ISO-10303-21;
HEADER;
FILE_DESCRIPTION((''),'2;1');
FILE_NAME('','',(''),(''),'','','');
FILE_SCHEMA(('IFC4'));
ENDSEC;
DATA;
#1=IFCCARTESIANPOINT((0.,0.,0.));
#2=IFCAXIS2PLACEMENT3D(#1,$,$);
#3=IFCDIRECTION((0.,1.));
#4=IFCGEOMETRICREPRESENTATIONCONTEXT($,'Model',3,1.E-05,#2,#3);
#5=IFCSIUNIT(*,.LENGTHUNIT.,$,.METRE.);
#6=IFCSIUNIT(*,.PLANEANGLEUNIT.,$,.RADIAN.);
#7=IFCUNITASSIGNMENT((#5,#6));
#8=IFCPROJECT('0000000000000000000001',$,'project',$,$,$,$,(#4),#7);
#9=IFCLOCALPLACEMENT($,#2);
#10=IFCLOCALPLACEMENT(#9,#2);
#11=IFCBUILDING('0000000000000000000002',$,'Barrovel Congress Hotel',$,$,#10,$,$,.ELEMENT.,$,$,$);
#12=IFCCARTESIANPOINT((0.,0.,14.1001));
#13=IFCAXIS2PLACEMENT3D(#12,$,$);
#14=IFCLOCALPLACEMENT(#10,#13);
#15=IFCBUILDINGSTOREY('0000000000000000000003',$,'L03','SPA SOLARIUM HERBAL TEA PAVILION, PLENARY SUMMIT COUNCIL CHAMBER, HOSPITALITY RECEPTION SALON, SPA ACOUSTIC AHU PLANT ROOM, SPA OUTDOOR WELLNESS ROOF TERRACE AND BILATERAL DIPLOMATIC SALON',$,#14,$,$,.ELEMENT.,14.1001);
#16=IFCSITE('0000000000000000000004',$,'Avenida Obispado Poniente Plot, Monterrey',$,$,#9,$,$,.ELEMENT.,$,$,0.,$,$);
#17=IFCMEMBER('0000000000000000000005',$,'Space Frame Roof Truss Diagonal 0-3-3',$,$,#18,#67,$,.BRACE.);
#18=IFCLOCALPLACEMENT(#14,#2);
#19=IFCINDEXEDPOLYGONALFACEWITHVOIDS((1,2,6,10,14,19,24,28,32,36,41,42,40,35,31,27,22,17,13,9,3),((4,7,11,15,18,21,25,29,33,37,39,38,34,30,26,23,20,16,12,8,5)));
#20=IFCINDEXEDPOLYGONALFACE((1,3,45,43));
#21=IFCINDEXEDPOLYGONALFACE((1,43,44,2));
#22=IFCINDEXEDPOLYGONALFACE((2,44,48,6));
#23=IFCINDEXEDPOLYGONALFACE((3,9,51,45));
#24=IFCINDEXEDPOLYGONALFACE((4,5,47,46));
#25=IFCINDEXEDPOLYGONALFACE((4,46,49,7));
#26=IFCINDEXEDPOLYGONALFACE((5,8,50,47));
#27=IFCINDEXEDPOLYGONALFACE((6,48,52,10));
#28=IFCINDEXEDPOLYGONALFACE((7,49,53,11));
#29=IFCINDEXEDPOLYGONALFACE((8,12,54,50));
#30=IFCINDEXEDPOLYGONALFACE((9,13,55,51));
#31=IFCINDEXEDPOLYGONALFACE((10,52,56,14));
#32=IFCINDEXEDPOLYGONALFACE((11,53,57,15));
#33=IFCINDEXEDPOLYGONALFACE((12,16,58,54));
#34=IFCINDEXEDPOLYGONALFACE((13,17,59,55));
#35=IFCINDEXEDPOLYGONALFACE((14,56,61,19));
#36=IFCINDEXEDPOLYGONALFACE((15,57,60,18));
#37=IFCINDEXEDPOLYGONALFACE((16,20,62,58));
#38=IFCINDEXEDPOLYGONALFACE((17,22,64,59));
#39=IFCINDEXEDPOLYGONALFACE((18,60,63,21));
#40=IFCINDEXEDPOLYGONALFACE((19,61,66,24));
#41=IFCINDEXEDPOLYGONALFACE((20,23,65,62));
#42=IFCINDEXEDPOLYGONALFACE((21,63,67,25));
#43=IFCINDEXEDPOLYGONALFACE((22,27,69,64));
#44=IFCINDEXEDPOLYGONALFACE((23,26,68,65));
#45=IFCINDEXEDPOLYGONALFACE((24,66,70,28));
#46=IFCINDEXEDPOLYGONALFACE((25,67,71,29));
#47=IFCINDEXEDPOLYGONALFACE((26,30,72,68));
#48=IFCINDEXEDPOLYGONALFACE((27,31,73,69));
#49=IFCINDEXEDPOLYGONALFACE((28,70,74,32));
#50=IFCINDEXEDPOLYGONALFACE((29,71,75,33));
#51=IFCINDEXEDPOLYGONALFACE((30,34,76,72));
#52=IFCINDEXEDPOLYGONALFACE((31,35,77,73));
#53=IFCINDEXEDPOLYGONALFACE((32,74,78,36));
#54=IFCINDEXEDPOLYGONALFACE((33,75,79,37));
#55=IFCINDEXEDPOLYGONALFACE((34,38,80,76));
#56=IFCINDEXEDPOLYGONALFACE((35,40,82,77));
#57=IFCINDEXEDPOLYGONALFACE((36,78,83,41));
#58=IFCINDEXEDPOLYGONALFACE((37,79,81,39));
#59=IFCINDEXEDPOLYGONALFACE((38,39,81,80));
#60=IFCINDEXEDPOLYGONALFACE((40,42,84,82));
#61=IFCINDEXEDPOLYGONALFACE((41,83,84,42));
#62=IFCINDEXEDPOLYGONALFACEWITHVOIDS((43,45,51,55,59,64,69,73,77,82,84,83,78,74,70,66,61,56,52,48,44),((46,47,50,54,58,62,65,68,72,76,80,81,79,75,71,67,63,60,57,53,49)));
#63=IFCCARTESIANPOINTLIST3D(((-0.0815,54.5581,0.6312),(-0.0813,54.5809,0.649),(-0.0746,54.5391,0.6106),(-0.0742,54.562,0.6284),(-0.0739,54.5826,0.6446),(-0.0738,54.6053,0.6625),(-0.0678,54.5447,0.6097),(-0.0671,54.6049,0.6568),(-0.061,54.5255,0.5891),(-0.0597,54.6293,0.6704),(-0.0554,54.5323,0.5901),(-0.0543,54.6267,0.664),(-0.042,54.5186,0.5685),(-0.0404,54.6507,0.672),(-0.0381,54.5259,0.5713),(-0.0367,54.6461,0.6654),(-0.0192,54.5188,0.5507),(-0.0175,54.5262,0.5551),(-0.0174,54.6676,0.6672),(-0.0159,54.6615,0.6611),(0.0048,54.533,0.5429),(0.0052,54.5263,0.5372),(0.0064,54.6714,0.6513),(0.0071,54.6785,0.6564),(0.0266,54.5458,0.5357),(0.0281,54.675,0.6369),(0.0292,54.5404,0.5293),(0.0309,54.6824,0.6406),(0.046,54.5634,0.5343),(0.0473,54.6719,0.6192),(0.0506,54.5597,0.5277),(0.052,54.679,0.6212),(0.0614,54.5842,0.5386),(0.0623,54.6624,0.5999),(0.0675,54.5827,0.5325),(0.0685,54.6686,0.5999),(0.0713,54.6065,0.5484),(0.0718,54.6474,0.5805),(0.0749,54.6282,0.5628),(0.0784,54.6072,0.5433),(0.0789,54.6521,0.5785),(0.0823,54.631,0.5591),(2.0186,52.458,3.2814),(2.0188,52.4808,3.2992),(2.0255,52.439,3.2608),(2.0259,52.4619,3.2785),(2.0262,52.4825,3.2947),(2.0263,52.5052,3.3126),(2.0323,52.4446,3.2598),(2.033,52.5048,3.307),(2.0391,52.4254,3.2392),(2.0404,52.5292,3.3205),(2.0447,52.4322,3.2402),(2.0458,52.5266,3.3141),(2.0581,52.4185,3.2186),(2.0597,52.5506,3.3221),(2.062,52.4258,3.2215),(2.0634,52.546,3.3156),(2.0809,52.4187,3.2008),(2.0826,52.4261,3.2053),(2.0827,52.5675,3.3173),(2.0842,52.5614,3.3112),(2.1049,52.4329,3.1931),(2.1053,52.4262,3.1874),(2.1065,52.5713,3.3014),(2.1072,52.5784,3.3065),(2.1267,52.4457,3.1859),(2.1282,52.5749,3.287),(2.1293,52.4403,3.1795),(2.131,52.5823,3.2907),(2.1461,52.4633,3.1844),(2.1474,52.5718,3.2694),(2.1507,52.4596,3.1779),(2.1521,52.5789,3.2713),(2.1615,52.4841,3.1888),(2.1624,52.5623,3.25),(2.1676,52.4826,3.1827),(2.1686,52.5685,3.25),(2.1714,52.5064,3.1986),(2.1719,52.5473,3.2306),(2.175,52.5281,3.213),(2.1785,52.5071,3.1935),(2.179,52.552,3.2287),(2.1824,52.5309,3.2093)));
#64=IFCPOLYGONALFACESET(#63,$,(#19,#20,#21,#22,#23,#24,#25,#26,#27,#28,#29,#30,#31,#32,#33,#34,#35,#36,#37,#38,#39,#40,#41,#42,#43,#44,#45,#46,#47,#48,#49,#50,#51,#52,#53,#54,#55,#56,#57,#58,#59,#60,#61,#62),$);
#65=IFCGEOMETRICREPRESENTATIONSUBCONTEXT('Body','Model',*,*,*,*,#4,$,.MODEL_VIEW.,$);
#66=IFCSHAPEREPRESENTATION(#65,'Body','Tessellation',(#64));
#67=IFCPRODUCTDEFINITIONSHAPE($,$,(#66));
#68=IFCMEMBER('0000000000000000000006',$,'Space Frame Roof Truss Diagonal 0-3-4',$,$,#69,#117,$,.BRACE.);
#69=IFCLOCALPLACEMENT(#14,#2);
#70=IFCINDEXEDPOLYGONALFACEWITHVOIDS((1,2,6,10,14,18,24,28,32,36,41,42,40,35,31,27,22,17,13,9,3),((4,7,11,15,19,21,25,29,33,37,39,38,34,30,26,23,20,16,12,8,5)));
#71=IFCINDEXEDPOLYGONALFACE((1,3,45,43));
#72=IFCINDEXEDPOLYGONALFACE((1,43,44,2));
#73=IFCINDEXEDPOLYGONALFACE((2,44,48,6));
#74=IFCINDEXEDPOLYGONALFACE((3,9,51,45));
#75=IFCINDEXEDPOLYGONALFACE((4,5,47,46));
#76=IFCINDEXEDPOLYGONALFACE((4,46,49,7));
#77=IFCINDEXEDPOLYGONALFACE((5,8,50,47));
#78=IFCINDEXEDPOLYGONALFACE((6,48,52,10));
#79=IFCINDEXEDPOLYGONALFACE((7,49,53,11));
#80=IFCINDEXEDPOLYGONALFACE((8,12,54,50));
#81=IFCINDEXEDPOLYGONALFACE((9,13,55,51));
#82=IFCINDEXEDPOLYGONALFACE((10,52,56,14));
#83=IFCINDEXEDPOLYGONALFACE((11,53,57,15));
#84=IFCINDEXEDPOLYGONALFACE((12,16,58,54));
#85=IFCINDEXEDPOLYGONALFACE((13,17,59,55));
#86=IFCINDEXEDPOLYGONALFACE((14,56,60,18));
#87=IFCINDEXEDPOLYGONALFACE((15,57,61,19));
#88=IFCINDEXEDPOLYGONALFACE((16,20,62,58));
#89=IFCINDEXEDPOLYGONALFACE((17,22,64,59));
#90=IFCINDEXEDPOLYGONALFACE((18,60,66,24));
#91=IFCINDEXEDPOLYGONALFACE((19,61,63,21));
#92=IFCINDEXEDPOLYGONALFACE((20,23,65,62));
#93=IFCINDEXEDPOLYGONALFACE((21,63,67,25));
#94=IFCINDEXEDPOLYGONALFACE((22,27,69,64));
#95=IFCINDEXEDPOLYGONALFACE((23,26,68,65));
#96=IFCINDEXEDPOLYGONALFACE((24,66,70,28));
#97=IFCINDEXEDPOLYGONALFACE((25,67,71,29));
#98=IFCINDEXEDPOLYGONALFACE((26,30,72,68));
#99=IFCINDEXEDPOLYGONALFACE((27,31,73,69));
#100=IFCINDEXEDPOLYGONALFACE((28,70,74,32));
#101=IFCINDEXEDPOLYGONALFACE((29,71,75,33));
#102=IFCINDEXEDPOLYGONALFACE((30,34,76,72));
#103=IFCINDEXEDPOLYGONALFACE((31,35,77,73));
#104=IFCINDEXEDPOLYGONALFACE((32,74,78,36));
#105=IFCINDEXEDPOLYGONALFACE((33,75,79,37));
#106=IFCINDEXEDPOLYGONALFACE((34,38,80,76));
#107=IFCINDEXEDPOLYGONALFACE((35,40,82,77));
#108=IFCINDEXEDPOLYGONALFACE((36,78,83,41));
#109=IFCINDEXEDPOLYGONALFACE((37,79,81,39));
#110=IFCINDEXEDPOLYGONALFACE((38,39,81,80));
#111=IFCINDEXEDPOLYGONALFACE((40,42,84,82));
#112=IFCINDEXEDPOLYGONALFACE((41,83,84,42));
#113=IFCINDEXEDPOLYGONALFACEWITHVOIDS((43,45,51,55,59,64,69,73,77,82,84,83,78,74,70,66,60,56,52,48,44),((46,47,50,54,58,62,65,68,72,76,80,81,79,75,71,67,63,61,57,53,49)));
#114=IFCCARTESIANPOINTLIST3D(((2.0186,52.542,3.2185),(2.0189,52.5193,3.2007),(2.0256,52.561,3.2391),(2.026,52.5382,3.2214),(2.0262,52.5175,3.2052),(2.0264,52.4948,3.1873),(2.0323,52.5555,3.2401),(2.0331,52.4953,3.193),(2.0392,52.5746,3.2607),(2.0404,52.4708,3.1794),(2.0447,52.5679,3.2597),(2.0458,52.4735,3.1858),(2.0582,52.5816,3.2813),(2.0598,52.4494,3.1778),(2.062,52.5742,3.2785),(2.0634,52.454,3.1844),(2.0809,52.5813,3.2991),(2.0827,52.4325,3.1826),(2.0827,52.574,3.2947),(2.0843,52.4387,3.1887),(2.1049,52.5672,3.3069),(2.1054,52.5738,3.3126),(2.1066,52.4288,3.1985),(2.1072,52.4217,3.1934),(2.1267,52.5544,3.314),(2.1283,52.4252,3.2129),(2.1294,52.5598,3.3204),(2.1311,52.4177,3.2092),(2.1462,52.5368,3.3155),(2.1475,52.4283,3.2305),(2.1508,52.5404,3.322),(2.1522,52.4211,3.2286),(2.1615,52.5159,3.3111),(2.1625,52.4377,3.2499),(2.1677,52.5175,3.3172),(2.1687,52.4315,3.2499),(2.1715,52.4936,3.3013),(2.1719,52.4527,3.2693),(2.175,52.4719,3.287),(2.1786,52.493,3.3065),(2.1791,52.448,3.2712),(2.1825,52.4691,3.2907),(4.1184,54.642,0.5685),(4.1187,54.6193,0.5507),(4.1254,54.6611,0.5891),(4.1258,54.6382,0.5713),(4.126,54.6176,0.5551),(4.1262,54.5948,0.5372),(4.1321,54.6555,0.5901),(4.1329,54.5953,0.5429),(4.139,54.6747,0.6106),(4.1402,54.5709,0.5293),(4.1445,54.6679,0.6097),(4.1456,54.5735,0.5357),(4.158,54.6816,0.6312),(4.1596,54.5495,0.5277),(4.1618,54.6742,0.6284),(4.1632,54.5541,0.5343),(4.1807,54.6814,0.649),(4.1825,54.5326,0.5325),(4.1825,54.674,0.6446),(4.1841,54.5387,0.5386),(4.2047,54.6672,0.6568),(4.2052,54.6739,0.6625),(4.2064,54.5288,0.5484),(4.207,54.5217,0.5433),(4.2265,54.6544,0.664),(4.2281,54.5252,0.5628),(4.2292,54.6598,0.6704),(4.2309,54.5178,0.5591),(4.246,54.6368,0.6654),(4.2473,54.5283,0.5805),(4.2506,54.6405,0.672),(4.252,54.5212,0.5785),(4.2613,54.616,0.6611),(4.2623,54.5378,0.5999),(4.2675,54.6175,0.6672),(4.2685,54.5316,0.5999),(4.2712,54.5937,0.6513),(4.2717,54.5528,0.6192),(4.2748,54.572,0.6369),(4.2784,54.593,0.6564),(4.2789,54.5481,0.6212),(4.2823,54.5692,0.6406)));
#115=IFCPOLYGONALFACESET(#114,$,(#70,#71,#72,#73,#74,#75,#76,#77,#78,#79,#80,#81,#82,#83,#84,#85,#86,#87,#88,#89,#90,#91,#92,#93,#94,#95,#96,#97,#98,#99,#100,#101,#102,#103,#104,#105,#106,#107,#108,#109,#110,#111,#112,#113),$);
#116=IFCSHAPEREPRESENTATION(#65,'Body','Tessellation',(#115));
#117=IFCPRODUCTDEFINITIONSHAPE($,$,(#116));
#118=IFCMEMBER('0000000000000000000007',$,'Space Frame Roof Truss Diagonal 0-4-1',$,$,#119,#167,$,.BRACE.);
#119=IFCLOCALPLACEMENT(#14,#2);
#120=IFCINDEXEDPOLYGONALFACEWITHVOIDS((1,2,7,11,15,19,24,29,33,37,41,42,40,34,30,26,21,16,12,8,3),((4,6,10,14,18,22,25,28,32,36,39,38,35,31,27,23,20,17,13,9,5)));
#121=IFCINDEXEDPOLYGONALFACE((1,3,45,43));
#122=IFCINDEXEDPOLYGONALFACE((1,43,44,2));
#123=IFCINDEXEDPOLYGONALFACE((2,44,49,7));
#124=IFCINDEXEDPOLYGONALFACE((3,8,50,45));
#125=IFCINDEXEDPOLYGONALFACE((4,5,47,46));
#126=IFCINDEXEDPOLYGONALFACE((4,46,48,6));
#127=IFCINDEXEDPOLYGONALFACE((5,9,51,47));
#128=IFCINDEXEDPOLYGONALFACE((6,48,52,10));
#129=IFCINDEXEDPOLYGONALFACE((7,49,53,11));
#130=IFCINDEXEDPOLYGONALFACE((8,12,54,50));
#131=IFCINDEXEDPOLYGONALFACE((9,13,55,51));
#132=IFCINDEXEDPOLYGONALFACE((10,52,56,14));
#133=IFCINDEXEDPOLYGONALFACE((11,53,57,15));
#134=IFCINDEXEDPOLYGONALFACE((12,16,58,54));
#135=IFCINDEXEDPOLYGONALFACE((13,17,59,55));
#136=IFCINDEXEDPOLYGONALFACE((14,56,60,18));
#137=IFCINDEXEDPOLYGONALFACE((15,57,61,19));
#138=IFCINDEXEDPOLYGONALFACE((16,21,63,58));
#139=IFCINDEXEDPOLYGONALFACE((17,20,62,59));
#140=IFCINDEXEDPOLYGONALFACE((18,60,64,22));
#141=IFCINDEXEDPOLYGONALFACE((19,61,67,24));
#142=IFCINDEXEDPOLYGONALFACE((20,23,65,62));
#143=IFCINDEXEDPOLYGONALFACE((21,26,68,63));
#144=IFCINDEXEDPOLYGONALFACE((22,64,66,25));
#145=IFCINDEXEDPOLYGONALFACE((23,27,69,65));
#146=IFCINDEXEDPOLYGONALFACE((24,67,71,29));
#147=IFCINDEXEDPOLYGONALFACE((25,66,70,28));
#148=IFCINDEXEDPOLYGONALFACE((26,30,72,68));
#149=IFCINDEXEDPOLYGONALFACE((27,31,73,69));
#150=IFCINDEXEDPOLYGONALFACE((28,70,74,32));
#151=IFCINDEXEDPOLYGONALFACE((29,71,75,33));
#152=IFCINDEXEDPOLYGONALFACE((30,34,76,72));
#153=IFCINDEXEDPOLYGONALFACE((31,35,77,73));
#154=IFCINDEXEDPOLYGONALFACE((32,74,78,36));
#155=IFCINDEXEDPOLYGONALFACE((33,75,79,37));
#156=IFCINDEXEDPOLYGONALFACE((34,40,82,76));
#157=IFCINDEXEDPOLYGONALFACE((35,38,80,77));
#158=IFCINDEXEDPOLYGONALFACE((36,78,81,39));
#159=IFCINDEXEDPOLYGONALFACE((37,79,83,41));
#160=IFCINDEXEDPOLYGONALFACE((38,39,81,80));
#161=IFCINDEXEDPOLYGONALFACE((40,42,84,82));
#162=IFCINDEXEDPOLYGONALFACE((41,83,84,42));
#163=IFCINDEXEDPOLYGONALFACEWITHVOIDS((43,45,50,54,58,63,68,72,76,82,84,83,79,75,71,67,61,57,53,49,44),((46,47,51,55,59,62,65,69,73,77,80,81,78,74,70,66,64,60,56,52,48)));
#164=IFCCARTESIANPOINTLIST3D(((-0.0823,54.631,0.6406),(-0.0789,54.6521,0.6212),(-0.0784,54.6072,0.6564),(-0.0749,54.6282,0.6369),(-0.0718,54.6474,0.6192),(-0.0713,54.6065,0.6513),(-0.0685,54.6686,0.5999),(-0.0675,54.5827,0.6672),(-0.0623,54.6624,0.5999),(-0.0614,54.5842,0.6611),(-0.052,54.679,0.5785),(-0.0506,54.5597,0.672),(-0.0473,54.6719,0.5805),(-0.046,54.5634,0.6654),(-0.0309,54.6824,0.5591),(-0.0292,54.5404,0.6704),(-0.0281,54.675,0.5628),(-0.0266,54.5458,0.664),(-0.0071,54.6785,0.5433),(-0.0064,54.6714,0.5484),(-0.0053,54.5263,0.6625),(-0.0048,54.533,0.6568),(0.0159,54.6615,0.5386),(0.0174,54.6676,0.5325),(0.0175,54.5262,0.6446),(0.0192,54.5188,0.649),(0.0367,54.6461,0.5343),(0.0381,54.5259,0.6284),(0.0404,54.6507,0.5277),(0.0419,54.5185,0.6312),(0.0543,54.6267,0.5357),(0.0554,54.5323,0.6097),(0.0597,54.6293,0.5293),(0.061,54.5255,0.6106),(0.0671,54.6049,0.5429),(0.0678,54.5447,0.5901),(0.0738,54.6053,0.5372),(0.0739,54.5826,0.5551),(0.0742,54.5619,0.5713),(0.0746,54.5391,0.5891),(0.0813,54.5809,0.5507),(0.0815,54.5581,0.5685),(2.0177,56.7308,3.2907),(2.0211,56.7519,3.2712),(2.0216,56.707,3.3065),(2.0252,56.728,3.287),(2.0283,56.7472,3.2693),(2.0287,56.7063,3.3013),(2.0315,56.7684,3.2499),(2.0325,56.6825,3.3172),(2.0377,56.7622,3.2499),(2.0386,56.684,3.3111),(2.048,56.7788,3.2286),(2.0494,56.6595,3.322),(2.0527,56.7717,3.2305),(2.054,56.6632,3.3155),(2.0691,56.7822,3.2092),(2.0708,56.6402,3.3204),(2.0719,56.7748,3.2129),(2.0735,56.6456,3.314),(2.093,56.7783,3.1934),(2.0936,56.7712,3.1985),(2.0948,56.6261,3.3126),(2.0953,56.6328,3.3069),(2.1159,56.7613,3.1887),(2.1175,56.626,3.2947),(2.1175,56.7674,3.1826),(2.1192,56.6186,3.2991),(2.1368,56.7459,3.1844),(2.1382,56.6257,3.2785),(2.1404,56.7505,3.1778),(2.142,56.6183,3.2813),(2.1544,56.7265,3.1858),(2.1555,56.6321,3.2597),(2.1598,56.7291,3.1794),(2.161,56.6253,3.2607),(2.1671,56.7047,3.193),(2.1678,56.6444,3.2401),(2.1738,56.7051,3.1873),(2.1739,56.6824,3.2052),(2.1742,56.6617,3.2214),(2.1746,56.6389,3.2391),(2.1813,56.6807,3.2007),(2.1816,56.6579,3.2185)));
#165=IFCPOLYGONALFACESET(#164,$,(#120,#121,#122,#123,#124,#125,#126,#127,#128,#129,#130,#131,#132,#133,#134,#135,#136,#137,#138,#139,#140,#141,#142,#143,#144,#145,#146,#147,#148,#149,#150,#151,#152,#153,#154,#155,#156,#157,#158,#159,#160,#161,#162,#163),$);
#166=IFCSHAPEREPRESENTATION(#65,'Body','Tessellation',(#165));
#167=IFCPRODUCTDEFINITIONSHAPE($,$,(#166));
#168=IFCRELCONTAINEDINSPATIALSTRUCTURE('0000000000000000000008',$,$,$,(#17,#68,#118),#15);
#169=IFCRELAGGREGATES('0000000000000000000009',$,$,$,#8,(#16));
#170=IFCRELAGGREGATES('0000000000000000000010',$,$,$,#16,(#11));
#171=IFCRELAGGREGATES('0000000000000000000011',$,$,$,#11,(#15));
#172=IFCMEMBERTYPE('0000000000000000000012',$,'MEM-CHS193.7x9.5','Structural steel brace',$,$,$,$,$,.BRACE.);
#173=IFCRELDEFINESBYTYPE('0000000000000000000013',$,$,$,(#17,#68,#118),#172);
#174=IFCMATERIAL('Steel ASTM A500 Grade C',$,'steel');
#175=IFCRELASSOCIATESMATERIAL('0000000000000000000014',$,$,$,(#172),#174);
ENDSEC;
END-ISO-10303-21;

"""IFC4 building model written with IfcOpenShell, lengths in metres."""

from ifc_helpers import new_model, si_unit, direction, frame, origin, origin_2d, place, context, subcontext, project, spatial, hollow_circle, extrude, material, material_profile, profile_set, type_object, element, save


model = new_model("IFC4")

# Units and contexts
model_context = context("Model", 3, precision=1e-05, world=origin(), true_north=direction((0.0, 1.0)))
body_context = subcontext(model_context, "Body", "Model", "MODEL_VIEW")
ifc_project = project(units=[si_unit("LENGTHUNIT", "METRE"), si_unit("PLANEANGLEUNIT", "RADIAN")], contexts=[model_context])

# Site, building, storey
site_placement = place(None, origin())
site = spatial("IfcSite", under=ifc_project, at=site_placement, Name="Avenida Obispado Poniente Plot, Monterrey", CompositionType="ELEMENT", RefElevation=0.0)
building_placement = place(site_placement, origin())
building = spatial("IfcBuilding", under=site, at=building_placement, Name="Barrovel Congress Hotel", CompositionType="ELEMENT")
storey_placement = place(building_placement, frame((0.0, 0.0, 14.1001)))
storey = spatial("IfcBuildingStorey", under=building, at=storey_placement, Name="L03", Description="SPA SOLARIUM HERBAL TEA PAVILION, PLENARY SUMMIT COUNCIL CHAMBER, HOSPITALITY RECEPTION SALON, SPA ACOUSTIC AHU PLANT ROOM, SPA OUTDOOR WELLNESS ROOF TERRACE AND BILATERAL DIPLOMATIC SALON", CompositionType="ELEMENT", Elevation=14.1001)

# Members
ifc_material_1 = material(Name="Steel ASTM A500 Grade C", Category="steel")
ifc_material_profile_1 = material_profile(ifc_material_1, hollow_circle(Radius=0.0969, WallThickness=0.0088, at=origin_2d()), Name="CHS193.7x9.5")
ifc_profile_set_1 = profile_set([ifc_material_profile_1], Name="Steel ASTM A500 Grade C")
member_type_1 = type_object("IfcMemberType", Name="MEM-CHS193.7x9.5", Description="Structural steel brace", PredefinedType="BRACE", material=ifc_profile_set_1)
member_1_placement = place(storey_placement, frame((0.0, 54.6001, 0.5999), z_axis=(0.527601, -0.527601, 0.665788), x_axis=(0.707107, 0.707107, 0.0)))
element("IfcMember", 1, at=member_1_placement, inside=storey, type_object=member_type_1, Name="Space Frame Roof Truss Diagonal 0-3-3", PredefinedType="BRACE", context=body_context, shape_type="SweptSolid", body=[
    extrude(hollow_circle(Radius=0.0969, WallThickness=0.0088, at=origin_2d()), origin(), (0.0, 0.0, 1.0), 3.9805),
])
for number, where, z_axis, x_axis, name in (
    (2, (4.2, 54.6001, 0.5999), (-0.527557, -0.527618, 0.66581), (0.707148, -0.707066, 0.0), "Space Frame Roof Truss Diagonal 0-3-4"),
    (3, (0.0, 54.6001, 0.5999), (0.527618, 0.527557, 0.66581), (-0.707066, 0.707148, 0.0), "Space Frame Roof Truss Diagonal 0-4-1"),
):
    element("IfcMember", number, at=place(storey_placement, frame(where, z_axis=z_axis, x_axis=x_axis)), inside=storey, type_object=member_type_1, Name=name, PredefinedType="BRACE", context=body_context, shape_type="SweptSolid", body=[
        extrude(hollow_circle(Radius=0.0969, WallThickness=0.0088, at=origin_2d()), origin(), (0.0, 0.0, 1.0), 3.9802),
    ])

save(model, "model.ifc")
